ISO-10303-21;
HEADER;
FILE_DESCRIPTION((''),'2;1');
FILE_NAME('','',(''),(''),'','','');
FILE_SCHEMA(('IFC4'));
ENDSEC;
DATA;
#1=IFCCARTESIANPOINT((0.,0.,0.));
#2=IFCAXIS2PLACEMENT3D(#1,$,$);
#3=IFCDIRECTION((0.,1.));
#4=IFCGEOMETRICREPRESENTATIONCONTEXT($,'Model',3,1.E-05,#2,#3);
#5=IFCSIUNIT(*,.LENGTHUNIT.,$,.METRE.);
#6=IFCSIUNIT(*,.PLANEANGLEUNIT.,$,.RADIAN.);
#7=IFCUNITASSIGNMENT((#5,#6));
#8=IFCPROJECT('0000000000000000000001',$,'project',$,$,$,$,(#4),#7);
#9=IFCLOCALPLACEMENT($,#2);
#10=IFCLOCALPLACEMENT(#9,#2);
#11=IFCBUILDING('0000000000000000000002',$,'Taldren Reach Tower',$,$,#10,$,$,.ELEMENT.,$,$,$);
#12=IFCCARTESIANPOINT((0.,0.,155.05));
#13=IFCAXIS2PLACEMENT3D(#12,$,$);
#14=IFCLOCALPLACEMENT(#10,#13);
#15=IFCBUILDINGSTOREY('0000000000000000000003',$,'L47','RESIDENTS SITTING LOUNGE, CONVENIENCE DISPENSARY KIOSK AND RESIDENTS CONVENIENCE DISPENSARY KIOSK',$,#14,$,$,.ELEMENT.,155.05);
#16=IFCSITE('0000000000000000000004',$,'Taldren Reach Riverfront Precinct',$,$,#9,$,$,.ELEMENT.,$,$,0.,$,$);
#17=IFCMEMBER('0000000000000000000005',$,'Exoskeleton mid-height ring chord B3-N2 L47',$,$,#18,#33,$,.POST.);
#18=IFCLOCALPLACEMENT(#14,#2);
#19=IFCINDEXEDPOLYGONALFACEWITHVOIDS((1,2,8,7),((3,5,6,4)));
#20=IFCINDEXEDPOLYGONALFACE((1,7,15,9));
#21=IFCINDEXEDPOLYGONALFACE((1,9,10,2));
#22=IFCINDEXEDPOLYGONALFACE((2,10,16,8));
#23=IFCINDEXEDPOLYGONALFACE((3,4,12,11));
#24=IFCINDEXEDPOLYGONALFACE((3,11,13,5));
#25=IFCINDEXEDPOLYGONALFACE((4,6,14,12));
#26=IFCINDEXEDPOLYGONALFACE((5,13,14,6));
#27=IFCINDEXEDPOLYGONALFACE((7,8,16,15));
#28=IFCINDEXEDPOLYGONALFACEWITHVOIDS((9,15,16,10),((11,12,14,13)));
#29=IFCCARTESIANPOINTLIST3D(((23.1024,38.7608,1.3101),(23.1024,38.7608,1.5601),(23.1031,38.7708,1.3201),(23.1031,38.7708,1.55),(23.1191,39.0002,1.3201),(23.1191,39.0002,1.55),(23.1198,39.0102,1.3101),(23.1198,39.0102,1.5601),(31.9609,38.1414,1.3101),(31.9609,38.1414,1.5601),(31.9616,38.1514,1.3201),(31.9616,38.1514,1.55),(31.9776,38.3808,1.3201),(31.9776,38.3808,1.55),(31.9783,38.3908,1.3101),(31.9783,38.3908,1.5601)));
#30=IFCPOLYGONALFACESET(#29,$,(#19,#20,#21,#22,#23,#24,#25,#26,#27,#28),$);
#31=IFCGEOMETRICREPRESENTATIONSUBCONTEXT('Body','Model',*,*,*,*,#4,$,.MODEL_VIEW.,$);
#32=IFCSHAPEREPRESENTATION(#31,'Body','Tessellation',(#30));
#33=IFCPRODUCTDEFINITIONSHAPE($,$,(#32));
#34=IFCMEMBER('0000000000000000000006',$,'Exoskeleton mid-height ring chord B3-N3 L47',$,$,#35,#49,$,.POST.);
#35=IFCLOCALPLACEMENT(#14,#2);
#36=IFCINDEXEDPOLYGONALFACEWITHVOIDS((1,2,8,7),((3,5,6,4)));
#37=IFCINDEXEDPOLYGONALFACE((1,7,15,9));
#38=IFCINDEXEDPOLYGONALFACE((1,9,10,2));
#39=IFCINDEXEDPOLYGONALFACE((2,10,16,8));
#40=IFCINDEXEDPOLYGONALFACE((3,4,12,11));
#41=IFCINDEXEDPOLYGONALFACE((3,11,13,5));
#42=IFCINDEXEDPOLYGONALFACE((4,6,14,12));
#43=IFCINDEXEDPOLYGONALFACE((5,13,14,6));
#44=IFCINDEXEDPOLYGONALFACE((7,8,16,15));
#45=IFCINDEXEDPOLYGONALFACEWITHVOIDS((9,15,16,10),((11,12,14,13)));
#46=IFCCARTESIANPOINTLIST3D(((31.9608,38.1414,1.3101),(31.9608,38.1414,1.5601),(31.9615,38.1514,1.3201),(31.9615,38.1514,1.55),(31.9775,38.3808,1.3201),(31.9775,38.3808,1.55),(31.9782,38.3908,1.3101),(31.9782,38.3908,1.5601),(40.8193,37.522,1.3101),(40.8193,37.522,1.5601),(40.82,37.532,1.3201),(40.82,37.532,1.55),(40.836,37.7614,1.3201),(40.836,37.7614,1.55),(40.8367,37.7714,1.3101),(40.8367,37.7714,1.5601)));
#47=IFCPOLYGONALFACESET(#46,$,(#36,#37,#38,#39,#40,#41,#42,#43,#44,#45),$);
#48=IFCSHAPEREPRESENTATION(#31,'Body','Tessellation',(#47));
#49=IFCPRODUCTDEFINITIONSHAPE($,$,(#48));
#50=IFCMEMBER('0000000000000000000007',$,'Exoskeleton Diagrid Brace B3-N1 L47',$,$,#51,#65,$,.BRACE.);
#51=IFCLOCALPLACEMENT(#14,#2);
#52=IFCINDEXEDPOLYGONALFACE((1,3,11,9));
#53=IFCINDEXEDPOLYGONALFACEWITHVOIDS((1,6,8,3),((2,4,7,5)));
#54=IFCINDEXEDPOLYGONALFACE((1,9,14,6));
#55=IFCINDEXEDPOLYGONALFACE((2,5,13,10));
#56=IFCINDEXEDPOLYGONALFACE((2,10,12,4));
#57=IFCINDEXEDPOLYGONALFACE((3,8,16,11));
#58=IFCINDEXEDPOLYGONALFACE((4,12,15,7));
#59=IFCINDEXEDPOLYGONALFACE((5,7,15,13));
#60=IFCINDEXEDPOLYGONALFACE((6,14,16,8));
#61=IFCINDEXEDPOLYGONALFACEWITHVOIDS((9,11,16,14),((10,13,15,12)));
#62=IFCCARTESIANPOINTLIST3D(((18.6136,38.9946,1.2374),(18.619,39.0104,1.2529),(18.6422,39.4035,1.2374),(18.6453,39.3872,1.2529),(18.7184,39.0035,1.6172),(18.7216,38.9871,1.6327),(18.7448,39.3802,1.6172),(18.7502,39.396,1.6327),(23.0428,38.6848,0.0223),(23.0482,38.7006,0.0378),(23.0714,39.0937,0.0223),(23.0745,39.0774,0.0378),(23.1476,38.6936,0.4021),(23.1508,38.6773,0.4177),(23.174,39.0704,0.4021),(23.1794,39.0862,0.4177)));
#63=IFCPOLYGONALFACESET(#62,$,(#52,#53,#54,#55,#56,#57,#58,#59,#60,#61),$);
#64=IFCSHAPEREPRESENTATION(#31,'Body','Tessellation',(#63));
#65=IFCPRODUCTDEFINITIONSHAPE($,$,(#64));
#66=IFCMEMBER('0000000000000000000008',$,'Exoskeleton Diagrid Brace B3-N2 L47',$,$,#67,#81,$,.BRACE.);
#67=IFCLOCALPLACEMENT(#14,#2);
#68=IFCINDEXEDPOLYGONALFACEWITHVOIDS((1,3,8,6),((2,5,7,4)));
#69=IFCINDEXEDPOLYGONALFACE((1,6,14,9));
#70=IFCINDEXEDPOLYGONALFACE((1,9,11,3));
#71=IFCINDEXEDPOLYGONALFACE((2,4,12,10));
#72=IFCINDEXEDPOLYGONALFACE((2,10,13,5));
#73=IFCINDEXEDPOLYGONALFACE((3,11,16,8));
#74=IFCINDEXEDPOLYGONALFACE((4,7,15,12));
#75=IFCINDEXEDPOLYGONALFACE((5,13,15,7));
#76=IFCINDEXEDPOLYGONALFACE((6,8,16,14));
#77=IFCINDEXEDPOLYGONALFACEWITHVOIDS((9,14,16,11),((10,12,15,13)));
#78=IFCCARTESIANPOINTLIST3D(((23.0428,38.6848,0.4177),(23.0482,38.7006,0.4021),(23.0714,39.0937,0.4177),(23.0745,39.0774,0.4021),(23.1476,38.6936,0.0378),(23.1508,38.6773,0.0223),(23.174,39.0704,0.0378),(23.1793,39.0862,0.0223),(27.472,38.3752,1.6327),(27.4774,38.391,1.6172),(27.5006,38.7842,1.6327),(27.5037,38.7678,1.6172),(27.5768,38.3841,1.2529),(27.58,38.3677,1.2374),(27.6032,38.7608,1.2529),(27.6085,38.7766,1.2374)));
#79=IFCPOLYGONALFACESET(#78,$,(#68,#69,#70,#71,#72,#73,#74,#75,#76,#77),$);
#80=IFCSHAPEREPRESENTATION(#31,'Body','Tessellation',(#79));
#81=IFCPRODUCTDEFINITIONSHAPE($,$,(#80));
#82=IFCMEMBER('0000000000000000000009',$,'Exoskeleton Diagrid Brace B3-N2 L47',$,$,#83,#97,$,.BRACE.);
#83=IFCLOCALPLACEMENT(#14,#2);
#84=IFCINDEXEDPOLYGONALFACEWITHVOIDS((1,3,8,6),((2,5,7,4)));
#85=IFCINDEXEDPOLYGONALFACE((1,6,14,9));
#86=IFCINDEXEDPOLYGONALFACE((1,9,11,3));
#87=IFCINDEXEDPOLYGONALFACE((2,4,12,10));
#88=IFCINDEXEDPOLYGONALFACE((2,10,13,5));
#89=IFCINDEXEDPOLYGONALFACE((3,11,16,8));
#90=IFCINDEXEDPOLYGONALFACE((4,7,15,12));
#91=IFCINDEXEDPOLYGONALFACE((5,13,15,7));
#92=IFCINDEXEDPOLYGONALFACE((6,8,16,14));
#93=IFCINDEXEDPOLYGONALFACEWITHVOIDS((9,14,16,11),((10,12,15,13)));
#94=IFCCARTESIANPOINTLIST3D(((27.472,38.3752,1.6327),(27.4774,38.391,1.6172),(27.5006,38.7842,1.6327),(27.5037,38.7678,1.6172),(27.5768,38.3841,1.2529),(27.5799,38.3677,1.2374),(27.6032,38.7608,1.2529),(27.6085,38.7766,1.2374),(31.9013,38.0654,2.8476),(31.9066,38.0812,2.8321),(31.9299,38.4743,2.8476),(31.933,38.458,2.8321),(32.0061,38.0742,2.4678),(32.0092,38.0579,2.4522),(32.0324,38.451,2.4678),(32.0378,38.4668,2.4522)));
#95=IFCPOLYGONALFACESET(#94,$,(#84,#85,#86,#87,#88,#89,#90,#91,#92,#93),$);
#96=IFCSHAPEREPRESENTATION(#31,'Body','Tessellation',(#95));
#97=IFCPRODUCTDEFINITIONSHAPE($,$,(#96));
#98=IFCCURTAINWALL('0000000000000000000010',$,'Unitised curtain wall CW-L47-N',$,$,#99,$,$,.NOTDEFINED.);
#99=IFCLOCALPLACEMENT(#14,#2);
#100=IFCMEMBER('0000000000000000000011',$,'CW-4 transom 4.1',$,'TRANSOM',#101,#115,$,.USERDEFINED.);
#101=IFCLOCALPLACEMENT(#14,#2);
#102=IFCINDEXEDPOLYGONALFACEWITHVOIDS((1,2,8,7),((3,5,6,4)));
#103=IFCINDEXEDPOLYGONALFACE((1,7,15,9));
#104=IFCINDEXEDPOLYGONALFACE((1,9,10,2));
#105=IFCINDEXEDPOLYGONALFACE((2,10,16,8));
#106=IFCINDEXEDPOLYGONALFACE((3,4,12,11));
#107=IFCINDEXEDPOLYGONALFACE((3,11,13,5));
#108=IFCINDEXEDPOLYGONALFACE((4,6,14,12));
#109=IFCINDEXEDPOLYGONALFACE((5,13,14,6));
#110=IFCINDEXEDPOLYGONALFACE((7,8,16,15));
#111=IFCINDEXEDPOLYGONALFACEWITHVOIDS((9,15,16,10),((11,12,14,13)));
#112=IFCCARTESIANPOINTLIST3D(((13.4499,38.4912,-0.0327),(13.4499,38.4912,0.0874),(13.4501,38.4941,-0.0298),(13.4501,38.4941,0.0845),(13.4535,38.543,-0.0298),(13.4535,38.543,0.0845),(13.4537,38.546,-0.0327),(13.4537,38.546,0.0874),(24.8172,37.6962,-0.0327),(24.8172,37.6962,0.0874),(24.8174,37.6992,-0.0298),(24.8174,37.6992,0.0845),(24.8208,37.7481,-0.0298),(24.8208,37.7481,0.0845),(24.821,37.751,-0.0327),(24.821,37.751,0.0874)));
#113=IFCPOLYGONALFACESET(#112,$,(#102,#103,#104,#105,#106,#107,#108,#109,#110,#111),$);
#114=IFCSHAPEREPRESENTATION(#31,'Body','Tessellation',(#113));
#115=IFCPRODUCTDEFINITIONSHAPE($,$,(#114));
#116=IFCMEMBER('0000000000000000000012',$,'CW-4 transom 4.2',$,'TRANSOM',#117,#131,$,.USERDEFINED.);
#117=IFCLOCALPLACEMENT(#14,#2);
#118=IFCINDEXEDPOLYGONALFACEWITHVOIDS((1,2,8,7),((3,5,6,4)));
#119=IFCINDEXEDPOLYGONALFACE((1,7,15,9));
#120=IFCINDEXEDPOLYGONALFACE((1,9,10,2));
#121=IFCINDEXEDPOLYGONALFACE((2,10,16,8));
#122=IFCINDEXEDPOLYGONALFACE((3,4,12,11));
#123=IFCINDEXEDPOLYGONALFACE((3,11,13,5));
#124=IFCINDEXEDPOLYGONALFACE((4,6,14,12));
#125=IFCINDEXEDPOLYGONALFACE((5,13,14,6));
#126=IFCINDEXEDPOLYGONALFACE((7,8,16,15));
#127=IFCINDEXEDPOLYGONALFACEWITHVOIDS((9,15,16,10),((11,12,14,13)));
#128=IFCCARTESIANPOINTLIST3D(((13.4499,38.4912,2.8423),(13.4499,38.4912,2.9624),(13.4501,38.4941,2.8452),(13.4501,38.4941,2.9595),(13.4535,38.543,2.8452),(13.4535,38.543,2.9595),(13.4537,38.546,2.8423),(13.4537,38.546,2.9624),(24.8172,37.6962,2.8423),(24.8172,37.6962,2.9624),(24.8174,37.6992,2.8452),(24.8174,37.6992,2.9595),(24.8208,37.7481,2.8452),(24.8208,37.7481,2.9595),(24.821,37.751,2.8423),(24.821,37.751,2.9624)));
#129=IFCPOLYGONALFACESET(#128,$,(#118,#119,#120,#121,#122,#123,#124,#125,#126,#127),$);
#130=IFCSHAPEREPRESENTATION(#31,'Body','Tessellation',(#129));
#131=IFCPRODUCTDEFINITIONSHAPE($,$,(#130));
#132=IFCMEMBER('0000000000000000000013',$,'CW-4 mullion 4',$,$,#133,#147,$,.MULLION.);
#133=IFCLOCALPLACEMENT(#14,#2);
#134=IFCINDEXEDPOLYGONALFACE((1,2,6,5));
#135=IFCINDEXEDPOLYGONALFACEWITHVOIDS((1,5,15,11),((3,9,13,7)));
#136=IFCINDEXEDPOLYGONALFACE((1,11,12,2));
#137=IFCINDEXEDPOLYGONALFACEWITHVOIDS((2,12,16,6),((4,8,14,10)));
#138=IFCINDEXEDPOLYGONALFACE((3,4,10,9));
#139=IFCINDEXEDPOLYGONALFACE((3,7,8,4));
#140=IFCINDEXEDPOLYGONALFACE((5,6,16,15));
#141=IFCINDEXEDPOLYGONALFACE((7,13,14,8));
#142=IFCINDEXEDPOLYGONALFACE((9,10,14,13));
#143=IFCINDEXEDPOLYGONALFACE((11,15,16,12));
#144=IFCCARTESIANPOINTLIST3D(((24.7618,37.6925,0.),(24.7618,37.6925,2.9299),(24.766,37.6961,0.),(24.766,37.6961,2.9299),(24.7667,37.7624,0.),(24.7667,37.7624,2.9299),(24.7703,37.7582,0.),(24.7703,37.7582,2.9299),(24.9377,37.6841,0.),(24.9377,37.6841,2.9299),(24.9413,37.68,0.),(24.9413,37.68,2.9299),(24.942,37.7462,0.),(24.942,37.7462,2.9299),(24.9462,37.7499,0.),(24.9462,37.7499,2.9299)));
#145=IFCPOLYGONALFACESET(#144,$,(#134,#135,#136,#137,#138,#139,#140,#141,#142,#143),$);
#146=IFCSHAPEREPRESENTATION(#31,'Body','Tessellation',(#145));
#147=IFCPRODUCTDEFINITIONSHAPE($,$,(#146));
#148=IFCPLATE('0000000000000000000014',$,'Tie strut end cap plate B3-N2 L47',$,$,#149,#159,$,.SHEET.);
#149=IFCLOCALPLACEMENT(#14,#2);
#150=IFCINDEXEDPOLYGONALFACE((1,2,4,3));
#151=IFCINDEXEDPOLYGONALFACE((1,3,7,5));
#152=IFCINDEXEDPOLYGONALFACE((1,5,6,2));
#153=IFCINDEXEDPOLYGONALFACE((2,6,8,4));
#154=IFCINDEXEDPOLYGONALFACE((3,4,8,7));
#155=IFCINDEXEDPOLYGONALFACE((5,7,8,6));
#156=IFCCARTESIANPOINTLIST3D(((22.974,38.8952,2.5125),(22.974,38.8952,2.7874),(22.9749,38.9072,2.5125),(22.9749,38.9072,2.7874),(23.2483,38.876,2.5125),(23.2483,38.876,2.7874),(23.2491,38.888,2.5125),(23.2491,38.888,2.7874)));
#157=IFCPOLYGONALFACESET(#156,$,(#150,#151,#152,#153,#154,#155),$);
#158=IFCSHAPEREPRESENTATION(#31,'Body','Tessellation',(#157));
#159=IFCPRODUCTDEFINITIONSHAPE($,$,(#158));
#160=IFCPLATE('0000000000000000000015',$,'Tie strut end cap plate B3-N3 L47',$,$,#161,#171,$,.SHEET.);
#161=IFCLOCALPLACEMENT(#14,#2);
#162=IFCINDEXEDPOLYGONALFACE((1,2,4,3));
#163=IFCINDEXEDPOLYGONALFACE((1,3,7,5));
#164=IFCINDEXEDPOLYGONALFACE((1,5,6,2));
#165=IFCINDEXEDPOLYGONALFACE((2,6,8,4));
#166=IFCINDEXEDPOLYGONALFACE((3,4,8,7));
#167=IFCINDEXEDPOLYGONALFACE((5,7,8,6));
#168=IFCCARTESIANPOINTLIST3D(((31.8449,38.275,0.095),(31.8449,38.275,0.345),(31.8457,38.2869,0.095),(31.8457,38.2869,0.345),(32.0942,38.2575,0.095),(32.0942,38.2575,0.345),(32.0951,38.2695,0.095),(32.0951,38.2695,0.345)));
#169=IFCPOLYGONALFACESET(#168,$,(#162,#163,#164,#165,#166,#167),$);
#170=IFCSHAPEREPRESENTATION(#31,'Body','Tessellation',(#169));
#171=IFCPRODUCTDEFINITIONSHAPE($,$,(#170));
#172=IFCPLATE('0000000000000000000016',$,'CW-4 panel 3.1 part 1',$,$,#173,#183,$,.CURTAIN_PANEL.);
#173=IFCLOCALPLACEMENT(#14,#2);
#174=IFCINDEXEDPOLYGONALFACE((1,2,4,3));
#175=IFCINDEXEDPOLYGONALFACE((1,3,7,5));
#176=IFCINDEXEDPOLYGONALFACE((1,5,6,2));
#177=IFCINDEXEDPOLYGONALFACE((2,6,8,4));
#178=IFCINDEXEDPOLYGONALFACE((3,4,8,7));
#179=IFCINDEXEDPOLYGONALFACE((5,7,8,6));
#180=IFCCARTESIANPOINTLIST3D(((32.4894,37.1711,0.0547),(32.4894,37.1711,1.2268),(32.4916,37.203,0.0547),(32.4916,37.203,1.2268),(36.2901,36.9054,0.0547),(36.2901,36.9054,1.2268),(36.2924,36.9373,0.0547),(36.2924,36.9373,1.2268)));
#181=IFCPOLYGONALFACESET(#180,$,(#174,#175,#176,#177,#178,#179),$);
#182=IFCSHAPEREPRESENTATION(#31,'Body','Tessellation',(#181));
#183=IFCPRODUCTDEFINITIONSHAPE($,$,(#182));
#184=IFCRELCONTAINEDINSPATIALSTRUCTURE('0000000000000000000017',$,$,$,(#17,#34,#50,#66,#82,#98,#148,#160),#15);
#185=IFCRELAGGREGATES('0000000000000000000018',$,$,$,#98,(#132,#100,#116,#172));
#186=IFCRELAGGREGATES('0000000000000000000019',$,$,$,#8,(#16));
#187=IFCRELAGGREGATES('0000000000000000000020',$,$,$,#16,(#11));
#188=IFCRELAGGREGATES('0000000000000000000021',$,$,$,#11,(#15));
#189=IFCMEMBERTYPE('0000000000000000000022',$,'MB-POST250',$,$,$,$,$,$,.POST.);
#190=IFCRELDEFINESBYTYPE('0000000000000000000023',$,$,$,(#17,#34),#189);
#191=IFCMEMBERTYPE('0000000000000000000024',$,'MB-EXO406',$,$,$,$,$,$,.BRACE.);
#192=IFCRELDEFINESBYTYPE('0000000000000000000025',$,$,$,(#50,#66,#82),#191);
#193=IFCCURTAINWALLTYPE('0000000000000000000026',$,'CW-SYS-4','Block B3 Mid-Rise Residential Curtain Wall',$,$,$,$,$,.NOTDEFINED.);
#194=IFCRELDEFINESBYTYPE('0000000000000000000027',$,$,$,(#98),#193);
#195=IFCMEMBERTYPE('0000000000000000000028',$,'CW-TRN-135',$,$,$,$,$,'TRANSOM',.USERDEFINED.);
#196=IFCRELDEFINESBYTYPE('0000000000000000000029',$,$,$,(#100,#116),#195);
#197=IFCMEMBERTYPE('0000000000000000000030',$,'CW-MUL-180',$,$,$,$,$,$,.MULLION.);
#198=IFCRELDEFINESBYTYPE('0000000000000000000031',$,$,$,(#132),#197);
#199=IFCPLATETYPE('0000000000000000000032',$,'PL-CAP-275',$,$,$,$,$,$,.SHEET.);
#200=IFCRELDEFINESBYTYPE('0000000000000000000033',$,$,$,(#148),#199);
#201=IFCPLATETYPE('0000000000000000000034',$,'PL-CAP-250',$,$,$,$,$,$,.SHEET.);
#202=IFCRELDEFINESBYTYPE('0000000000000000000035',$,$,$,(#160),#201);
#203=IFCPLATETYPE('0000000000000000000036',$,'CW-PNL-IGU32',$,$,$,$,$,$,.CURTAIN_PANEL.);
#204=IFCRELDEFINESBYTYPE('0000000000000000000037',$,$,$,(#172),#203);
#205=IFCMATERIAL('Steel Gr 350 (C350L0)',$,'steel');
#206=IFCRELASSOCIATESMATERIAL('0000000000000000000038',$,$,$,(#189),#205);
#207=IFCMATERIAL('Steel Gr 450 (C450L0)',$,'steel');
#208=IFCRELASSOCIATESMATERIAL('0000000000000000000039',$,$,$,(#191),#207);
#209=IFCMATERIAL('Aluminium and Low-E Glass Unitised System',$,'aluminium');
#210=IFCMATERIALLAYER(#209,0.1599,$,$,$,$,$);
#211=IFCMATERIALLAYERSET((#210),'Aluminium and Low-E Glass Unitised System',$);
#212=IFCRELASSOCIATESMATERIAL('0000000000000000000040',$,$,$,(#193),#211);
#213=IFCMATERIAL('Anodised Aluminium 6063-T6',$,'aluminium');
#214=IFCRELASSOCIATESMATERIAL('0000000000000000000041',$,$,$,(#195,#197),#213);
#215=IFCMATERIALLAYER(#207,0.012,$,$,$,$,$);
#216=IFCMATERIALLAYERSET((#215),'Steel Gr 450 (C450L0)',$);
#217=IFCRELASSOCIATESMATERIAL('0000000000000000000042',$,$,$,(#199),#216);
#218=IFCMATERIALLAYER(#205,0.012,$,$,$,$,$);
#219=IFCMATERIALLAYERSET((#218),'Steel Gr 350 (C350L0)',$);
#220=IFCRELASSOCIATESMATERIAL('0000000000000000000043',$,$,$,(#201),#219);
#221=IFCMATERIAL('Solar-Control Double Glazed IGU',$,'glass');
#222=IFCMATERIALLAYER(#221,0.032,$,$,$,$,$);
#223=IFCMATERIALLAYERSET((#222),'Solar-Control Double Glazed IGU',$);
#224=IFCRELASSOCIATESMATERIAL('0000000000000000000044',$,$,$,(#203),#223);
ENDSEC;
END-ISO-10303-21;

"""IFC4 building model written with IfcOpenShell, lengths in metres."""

from ifc_helpers import new_model, si_unit, direction, frame, origin, origin_2d, place, context, subcontext, project, spatial, rectangle, hollow_rectangle, extrude, source, transform, mapped, material, layer, layer_set, material_profile, profile_set, type_object, element, aggregate, save


model = new_model("IFC4")

# Units and contexts
model_context = context("Model", 3, precision=1e-05, world=origin(), true_north=direction((0.0, 1.0)))
body_context = subcontext(model_context, "Body", "Model", "MODEL_VIEW")
ifc_project = project(units=[si_unit("LENGTHUNIT", "METRE"), si_unit("PLANEANGLEUNIT", "RADIAN")], contexts=[model_context])

# Site, building, storey
site_placement = place(None, origin())
site = spatial("IfcSite", under=ifc_project, at=site_placement, Name="Taldren Reach Riverfront Precinct", CompositionType="ELEMENT", RefElevation=0.0)
building_placement = place(site_placement, origin())
building = spatial("IfcBuilding", under=site, at=building_placement, Name="Taldren Reach Tower", CompositionType="ELEMENT")
storey_placement = place(building_placement, frame((0.0, 0.0, 155.05)))
storey = spatial("IfcBuildingStorey", under=building, at=storey_placement, Name="L47", Description="RESIDENTS SITTING LOUNGE, CONVENIENCE DISPENSARY KIOSK AND RESIDENTS CONVENIENCE DISPENSARY KIOSK", CompositionType="ELEMENT", Elevation=155.05)

# Shared definitions
ifc_material_1 = material(Name="Steel Gr 450 (C450L0)", Category="steel")
ifc_material_2 = material(Name="Steel Gr 350 (C350L0)", Category="steel")
ifc_material_profile_1 = material_profile(ifc_material_2, hollow_rectangle(XDim=0.25, YDim=0.25, WallThickness=0.01, at=origin_2d()), Name="250x250x10.0SHS")
ifc_profile_set_1 = profile_set([ifc_material_profile_1], Name="Steel Gr 350 (C350L0)")
member_type_1 = type_object("IfcMemberType", Name="MB-POST250", PredefinedType="POST", material=ifc_profile_set_1)

# Members
shared_shape_1 = source(origin(), body_context, "Body", "SweptSolid", [
    extrude(hollow_rectangle(XDim=0.25, YDim=0.25, WallThickness=0.01, at=origin_2d()), origin(), (0.0, 0.0, 1.0), 8.8801),
])
for number, where, z_axis, x_axis, name in (
    (1, (23.1111, 38.8855, 1.4351), (0.997564, -0.06975, 0.0), (0.06975, 0.997564, 0.0), "Exoskeleton mid-height ring chord B3-N2 L47"),
    (2, (31.9695, 38.2661, 1.4351), (0.997564, -0.06975, 0.0), (0.06975, 0.997564, 0.0), "Exoskeleton mid-height ring chord B3-N3 L47"),
):
    element("IfcMember", number, at=place(storey_placement, frame(where, z_axis=z_axis, x_axis=x_axis)), inside=storey, type_object=member_type_1, Name=name, PredefinedType="POST", context=body_context, shape_type="MappedRepresentation", body=[
        mapped(shared_shape_1, transform((0.0, 0.0, 0.0), scale=1.0)),
    ])
ifc_material_profile_2 = material_profile(ifc_material_1, hollow_rectangle(XDim=0.4099, YDim=0.4099, WallThickness=0.0161, at=origin_2d()), Name="410x410x16.0SHS")
ifc_profile_set_2 = profile_set([ifc_material_profile_2], Name="Steel Gr 450 (C450L0)")
member_type_2 = type_object("IfcMemberType", Name="MB-EXO406", PredefinedType="BRACE", material=ifc_profile_set_2)
shared_shape_2 = source(origin(), body_context, "Body", "SweptSolid", [
    extrude(hollow_rectangle(XDim=0.4099, YDim=0.4099, WallThickness=0.0161, at=origin_2d()), origin(), (0.0, 0.0, 1.0), 4.6033),
])
for number, where, z_axis, x_axis, name in (
    (3, (23.1111, 38.8855, 0.22), (-0.962182, 0.067303, 0.263961), (-0.069778, -0.997563, 0.0), "Exoskeleton Diagrid Brace B3-N1 L47"),
    (4, (23.1111, 38.8855, 0.22), (0.962186, -0.06725, 0.263962), (0.069723, 0.997566, 0.0), "Exoskeleton Diagrid Brace B3-N2 L47"),
    (5, (27.5403, 38.5759, 1.4351), (0.962196, -0.067304, 0.263912), (0.069778, 0.997563, 0.0), "Exoskeleton Diagrid Brace B3-N2 L47"),
):
    element("IfcMember", number, at=place(storey_placement, frame(where, z_axis=z_axis, x_axis=x_axis)), inside=storey, type_object=member_type_2, Name=name, PredefinedType="BRACE", context=body_context, shape_type="MappedRepresentation", body=[
        mapped(shared_shape_2, transform((0.0, 0.0, 0.0), scale=1.0)),
    ])

# Curtain wall, members
ifc_material_3 = material(Name="Aluminium and Low-E Glass Unitised System", Category="aluminium")
ifc_layer_1 = layer(ifc_material_3, 0.1599)
ifc_layer_set_1 = layer_set([ifc_layer_1], Name="Aluminium and Low-E Glass Unitised System")
curtain_wall_type = type_object("IfcCurtainWallType", Name="CW-SYS-4", Description="Block B3 Mid-Rise Residential Curtain Wall", PredefinedType="NOTDEFINED", material=ifc_layer_set_1)
curtain_wall_placement = place(storey_placement, origin())
curtain_wall = element("IfcCurtainWall", 6, at=curtain_wall_placement, inside=storey, type_object=curtain_wall_type, Name="Unitised curtain wall CW-L47-N", PredefinedType="NOTDEFINED")
ifc_material_4 = material(Name="Anodised Aluminium 6063-T6", Category="aluminium")
ifc_material_profile_3 = material_profile(ifc_material_4, hollow_rectangle(XDim=0.0549, YDim=0.1201, WallThickness=0.0029, at=origin_2d()), Name="ALU-120x55x3RHS")
ifc_profile_set_3 = profile_set([ifc_material_profile_3], Name="Anodised Aluminium 6063-T6")
member_type_3 = type_object("IfcMemberType", Name="CW-TRN-135", ElementType="TRANSOM", PredefinedType="USERDEFINED", material=ifc_profile_set_3)
shared_shape_3 = source(origin(), body_context, "Body", "SweptSolid", [
    extrude(hollow_rectangle(XDim=0.0549, YDim=0.1201, WallThickness=0.0029, at=origin_2d()), origin(), (0.0, 0.0, 1.0), 11.395),
])
member_1_placement = place(storey_placement, frame((24.8191, 37.7236, 0.0273), z_axis=(-0.997564, 0.069761, 0.0), x_axis=(-0.069761, -0.997564, 0.0)))
member_1 = element("IfcMember", 7, at=member_1_placement, type_object=member_type_3, Name="CW-4 transom 4.1", ObjectType="TRANSOM", PredefinedType="USERDEFINED", context=body_context, shape_type="MappedRepresentation", body=[
    mapped(shared_shape_3, transform((0.0, 0.0, 0.0), scale=1.0)),
])
member_2_placement = place(storey_placement, frame((24.8191, 37.7236, 2.9023), z_axis=(-0.997564, 0.069761, 0.0), x_axis=(-0.069761, -0.997564, 0.0)))
member_2 = element("IfcMember", 8, at=member_2_placement, type_object=member_type_3, Name="CW-4 transom 4.2", ObjectType="TRANSOM", PredefinedType="USERDEFINED", context=body_context, shape_type="MappedRepresentation", body=[
    mapped(shared_shape_3, transform((0.0, 0.0, 0.0), scale=1.0)),
])
ifc_material_profile_4 = material_profile(ifc_material_4, hollow_rectangle(XDim=0.0701, YDim=0.1799, WallThickness=0.0039, at=origin_2d()), Name="ALU-180x70x4RHS")
ifc_profile_set_4 = profile_set([ifc_material_profile_4], Name="Anodised Aluminium 6063-T6")
member_type_4 = type_object("IfcMemberType", Name="CW-MUL-180", PredefinedType="MULLION", material=ifc_profile_set_4)
shared_shape_4 = source(origin(), body_context, "Body", "SweptSolid", [
    extrude(hollow_rectangle(XDim=0.0701, YDim=0.1799, WallThickness=0.0039, at=origin_2d()), origin(), (0.0, 0.0, 1.0), 2.9299),
])
member_3_placement = place(storey_placement, frame((24.854, 37.7212, 0.0), z_axis=(0.0, 0.0, 1.0), x_axis=(-0.069757, -0.997564, 0.0)))
member_3 = element("IfcMember", 9, at=member_3_placement, type_object=member_type_4, Name="CW-4 mullion 4", PredefinedType="MULLION", context=body_context, shape_type="MappedRepresentation", body=[
    mapped(shared_shape_4, transform((0.0, 0.0, 0.0), scale=1.0)),
])

# Plates
ifc_layer_2 = layer(ifc_material_1, 0.012)
ifc_layer_set_2 = layer_set([ifc_layer_2], Name="Steel Gr 450 (C450L0)")
plate_type_1 = type_object("IfcPlateType", Name="PL-CAP-275", PredefinedType="SHEET", material=ifc_layer_set_2)
shared_shape_5 = source(origin(), body_context, "Body", "SweptSolid", [
    extrude(rectangle(XDim=0.2749, YDim=0.012, at=origin_2d()), origin(), (0.0, 0.0, 1.0), 0.2749),
])
plate_1_placement = place(storey_placement, frame((23.1116, 38.8916, 2.5125), z_axis=(0.0, 0.0, 1.0), x_axis=(0.997564, -0.069756, 0.0)))
element("IfcPlate", 10, at=plate_1_placement, inside=storey, type_object=plate_type_1, Name="Tie strut end cap plate B3-N2 L47", PredefinedType="SHEET", context=body_context, shape_type="MappedRepresentation", body=[
    mapped(shared_shape_5, transform((0.0, 0.0, 0.0), scale=1.0)),
])
ifc_layer_3 = layer(ifc_material_2, 0.012)
ifc_layer_set_3 = layer_set([ifc_layer_3], Name="Steel Gr 350 (C350L0)")
plate_type_2 = type_object("IfcPlateType", Name="PL-CAP-250", PredefinedType="SHEET", material=ifc_layer_set_3)
shared_shape_6 = source(origin(), body_context, "Body", "SweptSolid", [
    extrude(rectangle(XDim=0.25, YDim=0.012, at=origin_2d()), origin(), (0.0, 0.0, 1.0), 0.25),
])
plate_2_placement = place(storey_placement, frame((31.97, 38.2722, 0.095), z_axis=(0.0, 0.0, 1.0), x_axis=(0.997564, -0.069756, 0.0)))
element("IfcPlate", 11, at=plate_2_placement, inside=storey, type_object=plate_type_2, Name="Tie strut end cap plate B3-N3 L47", PredefinedType="SHEET", context=body_context, shape_type="MappedRepresentation", body=[
    mapped(shared_shape_6, transform((0.0, 0.0, 0.0), scale=1.0)),
])

# Plate
ifc_material_5 = material(Name="Solar-Control Double Glazed IGU", Category="glass")
ifc_layer_4 = layer(ifc_material_5, 0.032)
ifc_layer_set_4 = layer_set([ifc_layer_4], Name="Solar-Control Double Glazed IGU")
plate_type_3 = type_object("IfcPlateType", Name="CW-PNL-IGU32", PredefinedType="CURTAIN_PANEL", material=ifc_layer_set_4)
shared_shape_7 = source(origin(), body_context, "Body", "SweptSolid", [
    extrude(rectangle(XDim=3.8101, YDim=0.032, at=origin_2d()), origin(), (0.0, 0.0, 1.0), 1.1721),
])
plate_3_placement = place(storey_placement, frame((34.3909, 37.0542, 0.0547), z_axis=(0.0, 0.0, 1.0), x_axis=(-0.997564, 0.069757, 0.0)))
plate_3 = element("IfcPlate", 12, at=plate_3_placement, type_object=plate_type_3, Name="CW-4 panel 3.1 part 1", PredefinedType="CURTAIN_PANEL", context=body_context, shape_type="MappedRepresentation", body=[
    mapped(shared_shape_7, transform((0.0, 0.0, 0.0), scale=1.0)),
])
aggregate(curtain_wall, [member_3, member_1, member_2, plate_3])

save(model, "model.ifc")
